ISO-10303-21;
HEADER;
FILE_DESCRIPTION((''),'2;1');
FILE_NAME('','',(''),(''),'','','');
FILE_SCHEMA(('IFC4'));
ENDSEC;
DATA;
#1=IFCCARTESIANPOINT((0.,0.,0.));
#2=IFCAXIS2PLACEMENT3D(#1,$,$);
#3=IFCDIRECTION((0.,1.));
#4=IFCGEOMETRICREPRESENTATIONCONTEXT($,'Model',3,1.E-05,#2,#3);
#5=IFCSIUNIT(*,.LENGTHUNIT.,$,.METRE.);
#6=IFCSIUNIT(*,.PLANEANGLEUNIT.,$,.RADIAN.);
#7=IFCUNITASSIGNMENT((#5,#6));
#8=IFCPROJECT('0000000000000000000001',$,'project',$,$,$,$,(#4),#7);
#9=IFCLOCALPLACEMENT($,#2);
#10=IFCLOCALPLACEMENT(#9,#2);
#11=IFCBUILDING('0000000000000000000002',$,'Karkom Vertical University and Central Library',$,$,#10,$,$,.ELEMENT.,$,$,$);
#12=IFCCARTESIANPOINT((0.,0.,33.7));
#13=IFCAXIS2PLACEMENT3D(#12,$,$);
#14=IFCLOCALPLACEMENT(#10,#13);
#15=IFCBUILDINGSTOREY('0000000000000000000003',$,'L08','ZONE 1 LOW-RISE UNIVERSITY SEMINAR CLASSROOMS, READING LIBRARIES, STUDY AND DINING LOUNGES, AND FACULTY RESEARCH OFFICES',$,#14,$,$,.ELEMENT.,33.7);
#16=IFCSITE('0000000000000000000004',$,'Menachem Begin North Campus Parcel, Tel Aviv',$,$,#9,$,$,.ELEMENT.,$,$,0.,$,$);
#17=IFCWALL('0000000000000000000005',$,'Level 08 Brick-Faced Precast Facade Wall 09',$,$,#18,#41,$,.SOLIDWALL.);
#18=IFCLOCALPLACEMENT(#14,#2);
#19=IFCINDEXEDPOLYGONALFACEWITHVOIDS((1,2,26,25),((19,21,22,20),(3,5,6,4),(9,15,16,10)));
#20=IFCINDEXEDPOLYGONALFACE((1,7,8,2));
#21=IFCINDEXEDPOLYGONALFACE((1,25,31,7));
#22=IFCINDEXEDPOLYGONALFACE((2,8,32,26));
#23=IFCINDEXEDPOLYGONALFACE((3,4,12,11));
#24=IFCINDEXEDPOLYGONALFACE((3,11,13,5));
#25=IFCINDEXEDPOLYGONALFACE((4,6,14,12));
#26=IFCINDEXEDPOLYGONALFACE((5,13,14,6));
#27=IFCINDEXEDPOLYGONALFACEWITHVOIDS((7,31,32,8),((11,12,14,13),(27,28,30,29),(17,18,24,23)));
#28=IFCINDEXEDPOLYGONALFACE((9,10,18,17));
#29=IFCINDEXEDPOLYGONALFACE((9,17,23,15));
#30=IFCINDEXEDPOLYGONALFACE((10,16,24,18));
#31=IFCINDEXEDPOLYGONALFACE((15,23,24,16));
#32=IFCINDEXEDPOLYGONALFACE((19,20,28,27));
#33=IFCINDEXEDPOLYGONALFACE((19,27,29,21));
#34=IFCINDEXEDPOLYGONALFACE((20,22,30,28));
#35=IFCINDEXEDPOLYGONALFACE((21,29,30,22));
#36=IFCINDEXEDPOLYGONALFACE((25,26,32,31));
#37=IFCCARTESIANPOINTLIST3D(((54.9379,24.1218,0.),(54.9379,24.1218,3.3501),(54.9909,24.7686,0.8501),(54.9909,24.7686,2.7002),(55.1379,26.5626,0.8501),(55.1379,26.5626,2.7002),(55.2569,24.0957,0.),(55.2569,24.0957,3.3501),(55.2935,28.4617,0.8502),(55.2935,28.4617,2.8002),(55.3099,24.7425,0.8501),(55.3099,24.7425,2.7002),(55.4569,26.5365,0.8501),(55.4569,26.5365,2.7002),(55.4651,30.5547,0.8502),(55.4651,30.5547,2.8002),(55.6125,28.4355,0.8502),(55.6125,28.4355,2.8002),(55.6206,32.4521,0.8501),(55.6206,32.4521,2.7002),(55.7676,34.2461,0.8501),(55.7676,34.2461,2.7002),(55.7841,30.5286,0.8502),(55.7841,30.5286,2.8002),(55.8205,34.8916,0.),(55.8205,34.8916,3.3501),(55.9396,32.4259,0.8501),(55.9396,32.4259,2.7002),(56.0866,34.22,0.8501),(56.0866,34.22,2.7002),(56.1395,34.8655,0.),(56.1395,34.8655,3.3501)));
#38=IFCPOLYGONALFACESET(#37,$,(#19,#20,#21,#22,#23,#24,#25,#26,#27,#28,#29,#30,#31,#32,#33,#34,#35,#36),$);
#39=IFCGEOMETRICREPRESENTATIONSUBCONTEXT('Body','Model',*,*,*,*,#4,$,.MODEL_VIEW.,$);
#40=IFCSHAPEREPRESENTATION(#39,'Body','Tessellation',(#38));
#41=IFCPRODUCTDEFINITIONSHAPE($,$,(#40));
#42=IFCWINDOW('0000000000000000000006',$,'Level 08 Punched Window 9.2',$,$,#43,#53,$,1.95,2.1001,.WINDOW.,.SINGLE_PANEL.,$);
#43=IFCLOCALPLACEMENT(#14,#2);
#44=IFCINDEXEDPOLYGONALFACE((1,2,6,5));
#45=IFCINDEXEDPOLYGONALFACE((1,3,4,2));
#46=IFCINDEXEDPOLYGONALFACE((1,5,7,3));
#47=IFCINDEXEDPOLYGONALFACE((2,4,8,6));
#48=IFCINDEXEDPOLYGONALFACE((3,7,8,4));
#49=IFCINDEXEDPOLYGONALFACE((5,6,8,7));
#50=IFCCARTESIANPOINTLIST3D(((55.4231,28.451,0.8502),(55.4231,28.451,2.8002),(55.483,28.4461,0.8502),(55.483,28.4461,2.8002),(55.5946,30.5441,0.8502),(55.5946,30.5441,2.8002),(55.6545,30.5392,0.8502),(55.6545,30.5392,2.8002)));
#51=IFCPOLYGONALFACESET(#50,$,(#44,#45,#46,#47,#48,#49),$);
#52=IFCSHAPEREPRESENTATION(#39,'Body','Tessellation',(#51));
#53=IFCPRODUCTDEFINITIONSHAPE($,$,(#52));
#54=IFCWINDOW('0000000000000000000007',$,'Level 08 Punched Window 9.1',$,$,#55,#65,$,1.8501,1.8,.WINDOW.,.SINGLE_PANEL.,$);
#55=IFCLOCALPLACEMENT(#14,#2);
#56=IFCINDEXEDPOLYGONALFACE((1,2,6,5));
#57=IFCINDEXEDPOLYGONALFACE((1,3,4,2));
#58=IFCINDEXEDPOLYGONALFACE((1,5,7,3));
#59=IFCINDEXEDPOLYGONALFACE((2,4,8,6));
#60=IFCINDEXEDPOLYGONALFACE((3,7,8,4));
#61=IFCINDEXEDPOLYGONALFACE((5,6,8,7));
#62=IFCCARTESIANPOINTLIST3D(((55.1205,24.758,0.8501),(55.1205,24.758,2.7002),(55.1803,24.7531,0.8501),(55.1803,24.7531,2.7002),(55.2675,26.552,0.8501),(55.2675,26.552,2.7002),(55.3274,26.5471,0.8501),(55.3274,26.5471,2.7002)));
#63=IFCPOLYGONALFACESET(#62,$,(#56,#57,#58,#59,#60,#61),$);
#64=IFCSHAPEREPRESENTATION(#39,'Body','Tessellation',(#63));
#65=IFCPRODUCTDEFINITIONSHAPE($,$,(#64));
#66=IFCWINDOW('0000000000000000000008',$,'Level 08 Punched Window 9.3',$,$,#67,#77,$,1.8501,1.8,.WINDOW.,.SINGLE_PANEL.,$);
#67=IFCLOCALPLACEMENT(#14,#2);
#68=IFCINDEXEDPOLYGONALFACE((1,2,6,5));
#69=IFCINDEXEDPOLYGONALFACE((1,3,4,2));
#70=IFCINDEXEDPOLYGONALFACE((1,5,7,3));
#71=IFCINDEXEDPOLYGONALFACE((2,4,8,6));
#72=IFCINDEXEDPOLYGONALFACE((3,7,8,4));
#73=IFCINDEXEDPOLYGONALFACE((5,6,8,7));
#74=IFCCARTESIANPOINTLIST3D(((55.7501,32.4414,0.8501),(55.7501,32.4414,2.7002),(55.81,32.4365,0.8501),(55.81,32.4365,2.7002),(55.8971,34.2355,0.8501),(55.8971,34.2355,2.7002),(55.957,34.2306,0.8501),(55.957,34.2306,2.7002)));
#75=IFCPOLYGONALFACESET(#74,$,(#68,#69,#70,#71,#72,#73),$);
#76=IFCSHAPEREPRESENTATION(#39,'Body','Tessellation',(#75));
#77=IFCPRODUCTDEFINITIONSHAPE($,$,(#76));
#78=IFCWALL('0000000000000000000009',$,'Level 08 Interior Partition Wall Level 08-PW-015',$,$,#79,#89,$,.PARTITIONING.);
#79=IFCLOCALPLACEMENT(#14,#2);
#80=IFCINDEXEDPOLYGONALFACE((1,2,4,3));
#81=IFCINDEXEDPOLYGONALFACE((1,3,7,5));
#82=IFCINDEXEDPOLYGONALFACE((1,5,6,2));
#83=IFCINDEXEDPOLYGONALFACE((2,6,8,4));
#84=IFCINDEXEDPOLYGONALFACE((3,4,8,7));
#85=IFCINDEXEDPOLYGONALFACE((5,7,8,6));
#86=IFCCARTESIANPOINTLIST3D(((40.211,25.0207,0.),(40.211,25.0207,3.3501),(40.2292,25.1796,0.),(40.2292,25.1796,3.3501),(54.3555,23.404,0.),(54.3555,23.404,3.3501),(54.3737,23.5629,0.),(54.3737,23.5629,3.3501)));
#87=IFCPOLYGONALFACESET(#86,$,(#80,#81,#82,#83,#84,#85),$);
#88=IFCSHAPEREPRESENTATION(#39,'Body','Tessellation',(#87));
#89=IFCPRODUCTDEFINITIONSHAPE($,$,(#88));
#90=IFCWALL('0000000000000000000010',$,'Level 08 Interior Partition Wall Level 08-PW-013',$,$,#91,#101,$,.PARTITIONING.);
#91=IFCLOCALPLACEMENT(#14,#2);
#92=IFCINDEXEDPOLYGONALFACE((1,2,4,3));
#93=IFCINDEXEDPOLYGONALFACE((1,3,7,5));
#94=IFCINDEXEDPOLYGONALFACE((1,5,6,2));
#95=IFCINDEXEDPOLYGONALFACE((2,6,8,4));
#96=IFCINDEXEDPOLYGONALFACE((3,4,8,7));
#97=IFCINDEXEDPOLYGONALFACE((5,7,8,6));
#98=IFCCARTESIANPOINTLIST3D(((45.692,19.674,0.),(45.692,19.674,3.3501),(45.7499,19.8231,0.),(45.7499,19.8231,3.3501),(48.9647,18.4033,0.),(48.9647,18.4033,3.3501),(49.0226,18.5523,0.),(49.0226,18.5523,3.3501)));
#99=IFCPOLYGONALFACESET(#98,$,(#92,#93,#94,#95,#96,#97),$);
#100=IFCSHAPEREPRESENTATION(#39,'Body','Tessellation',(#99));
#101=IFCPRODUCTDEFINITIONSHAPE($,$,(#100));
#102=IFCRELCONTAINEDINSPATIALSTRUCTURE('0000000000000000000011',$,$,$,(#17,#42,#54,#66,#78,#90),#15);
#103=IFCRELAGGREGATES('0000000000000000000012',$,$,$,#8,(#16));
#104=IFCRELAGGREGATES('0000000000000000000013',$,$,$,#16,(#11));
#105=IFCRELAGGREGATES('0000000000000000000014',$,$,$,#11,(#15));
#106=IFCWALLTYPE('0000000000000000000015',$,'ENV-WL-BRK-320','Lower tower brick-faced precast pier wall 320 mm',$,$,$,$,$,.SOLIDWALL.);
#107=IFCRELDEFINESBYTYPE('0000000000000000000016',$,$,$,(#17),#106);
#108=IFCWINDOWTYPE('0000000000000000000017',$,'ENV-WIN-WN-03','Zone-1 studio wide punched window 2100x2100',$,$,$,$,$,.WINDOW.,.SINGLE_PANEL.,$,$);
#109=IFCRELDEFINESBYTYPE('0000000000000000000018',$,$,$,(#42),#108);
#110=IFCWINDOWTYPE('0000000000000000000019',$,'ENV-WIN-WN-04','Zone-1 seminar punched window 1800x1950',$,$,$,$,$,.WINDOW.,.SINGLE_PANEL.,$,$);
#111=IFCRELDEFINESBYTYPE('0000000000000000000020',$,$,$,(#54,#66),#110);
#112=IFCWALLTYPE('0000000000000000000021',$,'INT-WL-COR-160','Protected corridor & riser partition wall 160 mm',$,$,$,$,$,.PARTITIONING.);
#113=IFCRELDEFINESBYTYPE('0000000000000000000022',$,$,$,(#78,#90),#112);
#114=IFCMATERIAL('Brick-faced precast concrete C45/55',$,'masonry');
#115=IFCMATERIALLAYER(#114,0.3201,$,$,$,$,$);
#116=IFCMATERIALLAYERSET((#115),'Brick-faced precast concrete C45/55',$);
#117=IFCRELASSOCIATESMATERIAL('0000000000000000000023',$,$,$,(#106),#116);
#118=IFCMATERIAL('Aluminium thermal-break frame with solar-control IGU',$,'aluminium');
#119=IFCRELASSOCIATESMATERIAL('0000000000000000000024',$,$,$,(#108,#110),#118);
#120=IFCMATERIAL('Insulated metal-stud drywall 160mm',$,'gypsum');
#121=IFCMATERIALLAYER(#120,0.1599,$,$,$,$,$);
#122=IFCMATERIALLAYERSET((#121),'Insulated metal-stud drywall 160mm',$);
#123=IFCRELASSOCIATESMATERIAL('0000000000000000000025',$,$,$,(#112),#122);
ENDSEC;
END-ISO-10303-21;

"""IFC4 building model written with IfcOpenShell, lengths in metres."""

from ifc_helpers import new_model, si_unit, direction, frame, frame_2d, origin, origin_with_axes, place, context, subcontext, project, spatial, rectangle, extrude, source, transform, mapped, material, layer, layer_set, type_object, element, fill, save


model = new_model("IFC4")

# Units and contexts
model_context = context("Model", 3, precision=1e-05, world=origin(), true_north=direction((0.0, 1.0)))
body_context = subcontext(model_context, "Body", "Model", "MODEL_VIEW")
ifc_project = project(units=[si_unit("LENGTHUNIT", "METRE"), si_unit("PLANEANGLEUNIT", "RADIAN")], contexts=[model_context])

# Site, building, storey
site_placement = place(None, origin())
site = spatial("IfcSite", under=ifc_project, at=site_placement, Name="Menachem Begin North Campus Parcel, Tel Aviv", CompositionType="ELEMENT", RefElevation=0.0)
building_placement = place(site_placement, origin())
building = spatial("IfcBuilding", under=site, at=building_placement, Name="Karkom Vertical University and Central Library", CompositionType="ELEMENT")
storey_placement = place(building_placement, frame((0.0, 0.0, 33.7)))
storey = spatial("IfcBuildingStorey", under=building, at=storey_placement, Name="L08", Description="ZONE 1 LOW-RISE UNIVERSITY SEMINAR CLASSROOMS, READING LIBRARIES, STUDY AND DINING LOUNGES, AND FACULTY RESEARCH OFFICES", CompositionType="ELEMENT", Elevation=33.7)

# Wall, openings, windows
ifc_material_1 = material(Name="Brick-faced precast concrete C45/55", Category="masonry")
ifc_layer_1 = layer(ifc_material_1, 0.3201)
ifc_layer_set_1 = layer_set([ifc_layer_1], Name="Brick-faced precast concrete C45/55")
wall_type_1 = type_object("IfcWallType", Name="ENV-WL-BRK-320", Description="Lower tower brick-faced precast pier wall 320 mm", PredefinedType="SOLIDWALL", material=ifc_layer_set_1)
ifc_material_2 = material(Name="Aluminium thermal-break frame with solar-control IGU", Category="aluminium")
window_type_1 = type_object("IfcWindowType", Name="ENV-WIN-WN-03", Description="Zone-1 studio wide punched window 2100x2100", PartitioningType="SINGLE_PANEL", PredefinedType="WINDOW", material=ifc_material_2)
shared_shape_1 = source(origin_with_axes(), body_context, "Body", "SweptSolid", [
    extrude(rectangle(XDim=2.1001, YDim=1.95, at=frame_2d((1.05, 0.9751))), frame((0.0, 0.03, 0.0), z_axis=(0.0, -1.0, 0.0), x_axis=(1.0, 0.0, 0.0)), (0.0, 0.0, 1.0), 0.0601),
])
wall_1_placement = place(storey_placement, frame((55.0974, 24.1089, 0.0), z_axis=(0.0, 0.0, 1.0), x_axis=(0.081675, 0.996659, 0.0)))
wall_1 = element("IfcWall", 1, at=wall_1_placement, inside=storey, type_object=wall_type_1, Name="Level 08 Brick-Faced Precast Facade Wall 09", PredefinedType="SOLIDWALL", context=body_context, shape_type="SweptSolid", body=[
    extrude(rectangle(XDim=10.8059, YDim=0.3201, at=frame_2d((5.4028, 0.0))), origin(), (0.0, 0.0, 1.0), 3.3501),
])
opening_1_placement = place(wall_1_placement, frame((0.6489, 0.0, 0.8501)))
opening_1 = element("IfcOpeningElement", 2, at=opening_1_placement, cuts=wall_1, PredefinedType="OPENING", context=body_context, shape_type="SweptSolid", body=[
    extrude(rectangle(XDim=1.8, YDim=1.8501, at=frame_2d((0.8999, 0.925))), frame((0.0, 0.1699, 0.0), z_axis=(0.0, -1.0, 0.0), x_axis=(1.0, 0.0, 0.0)), (0.0, 0.0, 1.0), 0.3401),
])
opening_2_placement = place(wall_1_placement, frame((4.3542, 0.0, 0.8501)))
opening_2 = element("IfcOpeningElement", 3, at=opening_2_placement, cuts=wall_1, PredefinedType="OPENING", context=body_context, shape_type="SweptSolid", body=[
    extrude(rectangle(XDim=2.1001, YDim=1.95, at=frame_2d((1.05, 0.9751))), frame((0.0, 0.1699, 0.0), z_axis=(0.0, -1.0, 0.0), x_axis=(1.0, 0.0, 0.0)), (0.0, 0.0, 1.0), 0.3401),
])
opening_3_placement = place(wall_1_placement, frame((8.3582, 0.0, 0.8501)))
opening_3 = element("IfcOpeningElement", 4, at=opening_3_placement, cuts=wall_1, PredefinedType="OPENING", context=body_context, shape_type="SweptSolid", body=[
    extrude(rectangle(XDim=1.8, YDim=1.8501, at=frame_2d((0.8999, 0.925))), frame((0.0, 0.1699, 0.0), z_axis=(0.0, -1.0, 0.0), x_axis=(1.0, 0.0, 0.0)), (0.0, 0.0, 1.0), 0.3401),
])
window_1_placement = place(opening_2_placement, origin())
window_1 = element("IfcWindow", 5, at=window_1_placement, inside=storey, type_object=window_type_1, Name="Level 08 Punched Window 9.2", OverallHeight=1.95, OverallWidth=2.1001, PartitioningType="SINGLE_PANEL", PredefinedType="WINDOW", context=body_context, shape_type="MappedRepresentation", body=[
    mapped(shared_shape_1, transform((0.0, 0.0, 0.0), scale=1.0)),
])
fill(opening_2, window_1)
window_type_2 = type_object("IfcWindowType", Name="ENV-WIN-WN-04", Description="Zone-1 seminar punched window 1800x1950", PartitioningType="SINGLE_PANEL", PredefinedType="WINDOW", material=ifc_material_2)
shared_shape_2 = source(origin_with_axes(), body_context, "Body", "SweptSolid", [
    extrude(rectangle(XDim=1.8, YDim=1.8501, at=frame_2d((0.8999, 0.925))), frame((0.0, 0.03, 0.0), z_axis=(0.0, -1.0, 0.0), x_axis=(1.0, 0.0, 0.0)), (0.0, 0.0, 1.0), 0.0601),
])
window_2_placement = place(opening_1_placement, origin())
window_2 = element("IfcWindow", 6, at=window_2_placement, inside=storey, type_object=window_type_2, Name="Level 08 Punched Window 9.1", OverallHeight=1.8501, OverallWidth=1.8, PartitioningType="SINGLE_PANEL", PredefinedType="WINDOW", context=body_context, shape_type="MappedRepresentation", body=[
    mapped(shared_shape_2, transform((0.0, 0.0, 0.0), scale=1.0)),
])
fill(opening_1, window_2)
window_3_placement = place(opening_3_placement, origin())
window_3 = element("IfcWindow", 7, at=window_3_placement, inside=storey, type_object=window_type_2, Name="Level 08 Punched Window 9.3", OverallHeight=1.8501, OverallWidth=1.8, PartitioningType="SINGLE_PANEL", PredefinedType="WINDOW", context=body_context, shape_type="MappedRepresentation", body=[
    mapped(shared_shape_2, transform((0.0, 0.0, 0.0), scale=1.0)),
])
fill(opening_3, window_3)

# Shared definitions
ifc_material_3 = material(Name="Insulated metal-stud drywall 160mm", Category="gypsum")
ifc_layer_2 = layer(ifc_material_3, 0.1599)
ifc_layer_set_2 = layer_set([ifc_layer_2], Name="Insulated metal-stud drywall 160mm")
wall_type_2 = type_object("IfcWallType", Name="INT-WL-COR-160", Description="Protected corridor & riser partition wall 160 mm", PredefinedType="PARTITIONING", material=ifc_layer_set_2)

# Walls
wall_2_placement = place(storey_placement, frame((40.2202, 25.1001, 0.0), z_axis=(0.0, 0.0, 1.0), x_axis=(0.993531, -0.113559, 0.0)))
element("IfcWall", 8, at=wall_2_placement, inside=storey, type_object=wall_type_2, Name="Level 08 Interior Partition Wall Level 08-PW-015", PredefinedType="PARTITIONING", context=body_context, shape_type="SweptSolid", body=[
    extrude(rectangle(XDim=14.2366, YDim=0.1599, at=frame_2d((7.1182, 0.0))), origin(), (0.0, 0.0, 1.0), 3.3501),
])
wall_3_placement = place(storey_placement, frame((45.7209, 19.7485, 0.0), z_axis=(0.0, 0.0, 1.0), x_axis=(0.932194, -0.36196, 0.0)))
element("IfcWall", 9, at=wall_3_placement, inside=storey, type_object=wall_type_2, Name="Level 08 Interior Partition Wall Level 08-PW-013", PredefinedType="PARTITIONING", context=body_context, shape_type="SweptSolid", body=[
    extrude(rectangle(XDim=3.5107, YDim=0.1599, at=frame_2d((1.7554, 0.0))), origin(), (0.0, 0.0, 1.0), 3.3501),
])

save(model, "model.ifc")
